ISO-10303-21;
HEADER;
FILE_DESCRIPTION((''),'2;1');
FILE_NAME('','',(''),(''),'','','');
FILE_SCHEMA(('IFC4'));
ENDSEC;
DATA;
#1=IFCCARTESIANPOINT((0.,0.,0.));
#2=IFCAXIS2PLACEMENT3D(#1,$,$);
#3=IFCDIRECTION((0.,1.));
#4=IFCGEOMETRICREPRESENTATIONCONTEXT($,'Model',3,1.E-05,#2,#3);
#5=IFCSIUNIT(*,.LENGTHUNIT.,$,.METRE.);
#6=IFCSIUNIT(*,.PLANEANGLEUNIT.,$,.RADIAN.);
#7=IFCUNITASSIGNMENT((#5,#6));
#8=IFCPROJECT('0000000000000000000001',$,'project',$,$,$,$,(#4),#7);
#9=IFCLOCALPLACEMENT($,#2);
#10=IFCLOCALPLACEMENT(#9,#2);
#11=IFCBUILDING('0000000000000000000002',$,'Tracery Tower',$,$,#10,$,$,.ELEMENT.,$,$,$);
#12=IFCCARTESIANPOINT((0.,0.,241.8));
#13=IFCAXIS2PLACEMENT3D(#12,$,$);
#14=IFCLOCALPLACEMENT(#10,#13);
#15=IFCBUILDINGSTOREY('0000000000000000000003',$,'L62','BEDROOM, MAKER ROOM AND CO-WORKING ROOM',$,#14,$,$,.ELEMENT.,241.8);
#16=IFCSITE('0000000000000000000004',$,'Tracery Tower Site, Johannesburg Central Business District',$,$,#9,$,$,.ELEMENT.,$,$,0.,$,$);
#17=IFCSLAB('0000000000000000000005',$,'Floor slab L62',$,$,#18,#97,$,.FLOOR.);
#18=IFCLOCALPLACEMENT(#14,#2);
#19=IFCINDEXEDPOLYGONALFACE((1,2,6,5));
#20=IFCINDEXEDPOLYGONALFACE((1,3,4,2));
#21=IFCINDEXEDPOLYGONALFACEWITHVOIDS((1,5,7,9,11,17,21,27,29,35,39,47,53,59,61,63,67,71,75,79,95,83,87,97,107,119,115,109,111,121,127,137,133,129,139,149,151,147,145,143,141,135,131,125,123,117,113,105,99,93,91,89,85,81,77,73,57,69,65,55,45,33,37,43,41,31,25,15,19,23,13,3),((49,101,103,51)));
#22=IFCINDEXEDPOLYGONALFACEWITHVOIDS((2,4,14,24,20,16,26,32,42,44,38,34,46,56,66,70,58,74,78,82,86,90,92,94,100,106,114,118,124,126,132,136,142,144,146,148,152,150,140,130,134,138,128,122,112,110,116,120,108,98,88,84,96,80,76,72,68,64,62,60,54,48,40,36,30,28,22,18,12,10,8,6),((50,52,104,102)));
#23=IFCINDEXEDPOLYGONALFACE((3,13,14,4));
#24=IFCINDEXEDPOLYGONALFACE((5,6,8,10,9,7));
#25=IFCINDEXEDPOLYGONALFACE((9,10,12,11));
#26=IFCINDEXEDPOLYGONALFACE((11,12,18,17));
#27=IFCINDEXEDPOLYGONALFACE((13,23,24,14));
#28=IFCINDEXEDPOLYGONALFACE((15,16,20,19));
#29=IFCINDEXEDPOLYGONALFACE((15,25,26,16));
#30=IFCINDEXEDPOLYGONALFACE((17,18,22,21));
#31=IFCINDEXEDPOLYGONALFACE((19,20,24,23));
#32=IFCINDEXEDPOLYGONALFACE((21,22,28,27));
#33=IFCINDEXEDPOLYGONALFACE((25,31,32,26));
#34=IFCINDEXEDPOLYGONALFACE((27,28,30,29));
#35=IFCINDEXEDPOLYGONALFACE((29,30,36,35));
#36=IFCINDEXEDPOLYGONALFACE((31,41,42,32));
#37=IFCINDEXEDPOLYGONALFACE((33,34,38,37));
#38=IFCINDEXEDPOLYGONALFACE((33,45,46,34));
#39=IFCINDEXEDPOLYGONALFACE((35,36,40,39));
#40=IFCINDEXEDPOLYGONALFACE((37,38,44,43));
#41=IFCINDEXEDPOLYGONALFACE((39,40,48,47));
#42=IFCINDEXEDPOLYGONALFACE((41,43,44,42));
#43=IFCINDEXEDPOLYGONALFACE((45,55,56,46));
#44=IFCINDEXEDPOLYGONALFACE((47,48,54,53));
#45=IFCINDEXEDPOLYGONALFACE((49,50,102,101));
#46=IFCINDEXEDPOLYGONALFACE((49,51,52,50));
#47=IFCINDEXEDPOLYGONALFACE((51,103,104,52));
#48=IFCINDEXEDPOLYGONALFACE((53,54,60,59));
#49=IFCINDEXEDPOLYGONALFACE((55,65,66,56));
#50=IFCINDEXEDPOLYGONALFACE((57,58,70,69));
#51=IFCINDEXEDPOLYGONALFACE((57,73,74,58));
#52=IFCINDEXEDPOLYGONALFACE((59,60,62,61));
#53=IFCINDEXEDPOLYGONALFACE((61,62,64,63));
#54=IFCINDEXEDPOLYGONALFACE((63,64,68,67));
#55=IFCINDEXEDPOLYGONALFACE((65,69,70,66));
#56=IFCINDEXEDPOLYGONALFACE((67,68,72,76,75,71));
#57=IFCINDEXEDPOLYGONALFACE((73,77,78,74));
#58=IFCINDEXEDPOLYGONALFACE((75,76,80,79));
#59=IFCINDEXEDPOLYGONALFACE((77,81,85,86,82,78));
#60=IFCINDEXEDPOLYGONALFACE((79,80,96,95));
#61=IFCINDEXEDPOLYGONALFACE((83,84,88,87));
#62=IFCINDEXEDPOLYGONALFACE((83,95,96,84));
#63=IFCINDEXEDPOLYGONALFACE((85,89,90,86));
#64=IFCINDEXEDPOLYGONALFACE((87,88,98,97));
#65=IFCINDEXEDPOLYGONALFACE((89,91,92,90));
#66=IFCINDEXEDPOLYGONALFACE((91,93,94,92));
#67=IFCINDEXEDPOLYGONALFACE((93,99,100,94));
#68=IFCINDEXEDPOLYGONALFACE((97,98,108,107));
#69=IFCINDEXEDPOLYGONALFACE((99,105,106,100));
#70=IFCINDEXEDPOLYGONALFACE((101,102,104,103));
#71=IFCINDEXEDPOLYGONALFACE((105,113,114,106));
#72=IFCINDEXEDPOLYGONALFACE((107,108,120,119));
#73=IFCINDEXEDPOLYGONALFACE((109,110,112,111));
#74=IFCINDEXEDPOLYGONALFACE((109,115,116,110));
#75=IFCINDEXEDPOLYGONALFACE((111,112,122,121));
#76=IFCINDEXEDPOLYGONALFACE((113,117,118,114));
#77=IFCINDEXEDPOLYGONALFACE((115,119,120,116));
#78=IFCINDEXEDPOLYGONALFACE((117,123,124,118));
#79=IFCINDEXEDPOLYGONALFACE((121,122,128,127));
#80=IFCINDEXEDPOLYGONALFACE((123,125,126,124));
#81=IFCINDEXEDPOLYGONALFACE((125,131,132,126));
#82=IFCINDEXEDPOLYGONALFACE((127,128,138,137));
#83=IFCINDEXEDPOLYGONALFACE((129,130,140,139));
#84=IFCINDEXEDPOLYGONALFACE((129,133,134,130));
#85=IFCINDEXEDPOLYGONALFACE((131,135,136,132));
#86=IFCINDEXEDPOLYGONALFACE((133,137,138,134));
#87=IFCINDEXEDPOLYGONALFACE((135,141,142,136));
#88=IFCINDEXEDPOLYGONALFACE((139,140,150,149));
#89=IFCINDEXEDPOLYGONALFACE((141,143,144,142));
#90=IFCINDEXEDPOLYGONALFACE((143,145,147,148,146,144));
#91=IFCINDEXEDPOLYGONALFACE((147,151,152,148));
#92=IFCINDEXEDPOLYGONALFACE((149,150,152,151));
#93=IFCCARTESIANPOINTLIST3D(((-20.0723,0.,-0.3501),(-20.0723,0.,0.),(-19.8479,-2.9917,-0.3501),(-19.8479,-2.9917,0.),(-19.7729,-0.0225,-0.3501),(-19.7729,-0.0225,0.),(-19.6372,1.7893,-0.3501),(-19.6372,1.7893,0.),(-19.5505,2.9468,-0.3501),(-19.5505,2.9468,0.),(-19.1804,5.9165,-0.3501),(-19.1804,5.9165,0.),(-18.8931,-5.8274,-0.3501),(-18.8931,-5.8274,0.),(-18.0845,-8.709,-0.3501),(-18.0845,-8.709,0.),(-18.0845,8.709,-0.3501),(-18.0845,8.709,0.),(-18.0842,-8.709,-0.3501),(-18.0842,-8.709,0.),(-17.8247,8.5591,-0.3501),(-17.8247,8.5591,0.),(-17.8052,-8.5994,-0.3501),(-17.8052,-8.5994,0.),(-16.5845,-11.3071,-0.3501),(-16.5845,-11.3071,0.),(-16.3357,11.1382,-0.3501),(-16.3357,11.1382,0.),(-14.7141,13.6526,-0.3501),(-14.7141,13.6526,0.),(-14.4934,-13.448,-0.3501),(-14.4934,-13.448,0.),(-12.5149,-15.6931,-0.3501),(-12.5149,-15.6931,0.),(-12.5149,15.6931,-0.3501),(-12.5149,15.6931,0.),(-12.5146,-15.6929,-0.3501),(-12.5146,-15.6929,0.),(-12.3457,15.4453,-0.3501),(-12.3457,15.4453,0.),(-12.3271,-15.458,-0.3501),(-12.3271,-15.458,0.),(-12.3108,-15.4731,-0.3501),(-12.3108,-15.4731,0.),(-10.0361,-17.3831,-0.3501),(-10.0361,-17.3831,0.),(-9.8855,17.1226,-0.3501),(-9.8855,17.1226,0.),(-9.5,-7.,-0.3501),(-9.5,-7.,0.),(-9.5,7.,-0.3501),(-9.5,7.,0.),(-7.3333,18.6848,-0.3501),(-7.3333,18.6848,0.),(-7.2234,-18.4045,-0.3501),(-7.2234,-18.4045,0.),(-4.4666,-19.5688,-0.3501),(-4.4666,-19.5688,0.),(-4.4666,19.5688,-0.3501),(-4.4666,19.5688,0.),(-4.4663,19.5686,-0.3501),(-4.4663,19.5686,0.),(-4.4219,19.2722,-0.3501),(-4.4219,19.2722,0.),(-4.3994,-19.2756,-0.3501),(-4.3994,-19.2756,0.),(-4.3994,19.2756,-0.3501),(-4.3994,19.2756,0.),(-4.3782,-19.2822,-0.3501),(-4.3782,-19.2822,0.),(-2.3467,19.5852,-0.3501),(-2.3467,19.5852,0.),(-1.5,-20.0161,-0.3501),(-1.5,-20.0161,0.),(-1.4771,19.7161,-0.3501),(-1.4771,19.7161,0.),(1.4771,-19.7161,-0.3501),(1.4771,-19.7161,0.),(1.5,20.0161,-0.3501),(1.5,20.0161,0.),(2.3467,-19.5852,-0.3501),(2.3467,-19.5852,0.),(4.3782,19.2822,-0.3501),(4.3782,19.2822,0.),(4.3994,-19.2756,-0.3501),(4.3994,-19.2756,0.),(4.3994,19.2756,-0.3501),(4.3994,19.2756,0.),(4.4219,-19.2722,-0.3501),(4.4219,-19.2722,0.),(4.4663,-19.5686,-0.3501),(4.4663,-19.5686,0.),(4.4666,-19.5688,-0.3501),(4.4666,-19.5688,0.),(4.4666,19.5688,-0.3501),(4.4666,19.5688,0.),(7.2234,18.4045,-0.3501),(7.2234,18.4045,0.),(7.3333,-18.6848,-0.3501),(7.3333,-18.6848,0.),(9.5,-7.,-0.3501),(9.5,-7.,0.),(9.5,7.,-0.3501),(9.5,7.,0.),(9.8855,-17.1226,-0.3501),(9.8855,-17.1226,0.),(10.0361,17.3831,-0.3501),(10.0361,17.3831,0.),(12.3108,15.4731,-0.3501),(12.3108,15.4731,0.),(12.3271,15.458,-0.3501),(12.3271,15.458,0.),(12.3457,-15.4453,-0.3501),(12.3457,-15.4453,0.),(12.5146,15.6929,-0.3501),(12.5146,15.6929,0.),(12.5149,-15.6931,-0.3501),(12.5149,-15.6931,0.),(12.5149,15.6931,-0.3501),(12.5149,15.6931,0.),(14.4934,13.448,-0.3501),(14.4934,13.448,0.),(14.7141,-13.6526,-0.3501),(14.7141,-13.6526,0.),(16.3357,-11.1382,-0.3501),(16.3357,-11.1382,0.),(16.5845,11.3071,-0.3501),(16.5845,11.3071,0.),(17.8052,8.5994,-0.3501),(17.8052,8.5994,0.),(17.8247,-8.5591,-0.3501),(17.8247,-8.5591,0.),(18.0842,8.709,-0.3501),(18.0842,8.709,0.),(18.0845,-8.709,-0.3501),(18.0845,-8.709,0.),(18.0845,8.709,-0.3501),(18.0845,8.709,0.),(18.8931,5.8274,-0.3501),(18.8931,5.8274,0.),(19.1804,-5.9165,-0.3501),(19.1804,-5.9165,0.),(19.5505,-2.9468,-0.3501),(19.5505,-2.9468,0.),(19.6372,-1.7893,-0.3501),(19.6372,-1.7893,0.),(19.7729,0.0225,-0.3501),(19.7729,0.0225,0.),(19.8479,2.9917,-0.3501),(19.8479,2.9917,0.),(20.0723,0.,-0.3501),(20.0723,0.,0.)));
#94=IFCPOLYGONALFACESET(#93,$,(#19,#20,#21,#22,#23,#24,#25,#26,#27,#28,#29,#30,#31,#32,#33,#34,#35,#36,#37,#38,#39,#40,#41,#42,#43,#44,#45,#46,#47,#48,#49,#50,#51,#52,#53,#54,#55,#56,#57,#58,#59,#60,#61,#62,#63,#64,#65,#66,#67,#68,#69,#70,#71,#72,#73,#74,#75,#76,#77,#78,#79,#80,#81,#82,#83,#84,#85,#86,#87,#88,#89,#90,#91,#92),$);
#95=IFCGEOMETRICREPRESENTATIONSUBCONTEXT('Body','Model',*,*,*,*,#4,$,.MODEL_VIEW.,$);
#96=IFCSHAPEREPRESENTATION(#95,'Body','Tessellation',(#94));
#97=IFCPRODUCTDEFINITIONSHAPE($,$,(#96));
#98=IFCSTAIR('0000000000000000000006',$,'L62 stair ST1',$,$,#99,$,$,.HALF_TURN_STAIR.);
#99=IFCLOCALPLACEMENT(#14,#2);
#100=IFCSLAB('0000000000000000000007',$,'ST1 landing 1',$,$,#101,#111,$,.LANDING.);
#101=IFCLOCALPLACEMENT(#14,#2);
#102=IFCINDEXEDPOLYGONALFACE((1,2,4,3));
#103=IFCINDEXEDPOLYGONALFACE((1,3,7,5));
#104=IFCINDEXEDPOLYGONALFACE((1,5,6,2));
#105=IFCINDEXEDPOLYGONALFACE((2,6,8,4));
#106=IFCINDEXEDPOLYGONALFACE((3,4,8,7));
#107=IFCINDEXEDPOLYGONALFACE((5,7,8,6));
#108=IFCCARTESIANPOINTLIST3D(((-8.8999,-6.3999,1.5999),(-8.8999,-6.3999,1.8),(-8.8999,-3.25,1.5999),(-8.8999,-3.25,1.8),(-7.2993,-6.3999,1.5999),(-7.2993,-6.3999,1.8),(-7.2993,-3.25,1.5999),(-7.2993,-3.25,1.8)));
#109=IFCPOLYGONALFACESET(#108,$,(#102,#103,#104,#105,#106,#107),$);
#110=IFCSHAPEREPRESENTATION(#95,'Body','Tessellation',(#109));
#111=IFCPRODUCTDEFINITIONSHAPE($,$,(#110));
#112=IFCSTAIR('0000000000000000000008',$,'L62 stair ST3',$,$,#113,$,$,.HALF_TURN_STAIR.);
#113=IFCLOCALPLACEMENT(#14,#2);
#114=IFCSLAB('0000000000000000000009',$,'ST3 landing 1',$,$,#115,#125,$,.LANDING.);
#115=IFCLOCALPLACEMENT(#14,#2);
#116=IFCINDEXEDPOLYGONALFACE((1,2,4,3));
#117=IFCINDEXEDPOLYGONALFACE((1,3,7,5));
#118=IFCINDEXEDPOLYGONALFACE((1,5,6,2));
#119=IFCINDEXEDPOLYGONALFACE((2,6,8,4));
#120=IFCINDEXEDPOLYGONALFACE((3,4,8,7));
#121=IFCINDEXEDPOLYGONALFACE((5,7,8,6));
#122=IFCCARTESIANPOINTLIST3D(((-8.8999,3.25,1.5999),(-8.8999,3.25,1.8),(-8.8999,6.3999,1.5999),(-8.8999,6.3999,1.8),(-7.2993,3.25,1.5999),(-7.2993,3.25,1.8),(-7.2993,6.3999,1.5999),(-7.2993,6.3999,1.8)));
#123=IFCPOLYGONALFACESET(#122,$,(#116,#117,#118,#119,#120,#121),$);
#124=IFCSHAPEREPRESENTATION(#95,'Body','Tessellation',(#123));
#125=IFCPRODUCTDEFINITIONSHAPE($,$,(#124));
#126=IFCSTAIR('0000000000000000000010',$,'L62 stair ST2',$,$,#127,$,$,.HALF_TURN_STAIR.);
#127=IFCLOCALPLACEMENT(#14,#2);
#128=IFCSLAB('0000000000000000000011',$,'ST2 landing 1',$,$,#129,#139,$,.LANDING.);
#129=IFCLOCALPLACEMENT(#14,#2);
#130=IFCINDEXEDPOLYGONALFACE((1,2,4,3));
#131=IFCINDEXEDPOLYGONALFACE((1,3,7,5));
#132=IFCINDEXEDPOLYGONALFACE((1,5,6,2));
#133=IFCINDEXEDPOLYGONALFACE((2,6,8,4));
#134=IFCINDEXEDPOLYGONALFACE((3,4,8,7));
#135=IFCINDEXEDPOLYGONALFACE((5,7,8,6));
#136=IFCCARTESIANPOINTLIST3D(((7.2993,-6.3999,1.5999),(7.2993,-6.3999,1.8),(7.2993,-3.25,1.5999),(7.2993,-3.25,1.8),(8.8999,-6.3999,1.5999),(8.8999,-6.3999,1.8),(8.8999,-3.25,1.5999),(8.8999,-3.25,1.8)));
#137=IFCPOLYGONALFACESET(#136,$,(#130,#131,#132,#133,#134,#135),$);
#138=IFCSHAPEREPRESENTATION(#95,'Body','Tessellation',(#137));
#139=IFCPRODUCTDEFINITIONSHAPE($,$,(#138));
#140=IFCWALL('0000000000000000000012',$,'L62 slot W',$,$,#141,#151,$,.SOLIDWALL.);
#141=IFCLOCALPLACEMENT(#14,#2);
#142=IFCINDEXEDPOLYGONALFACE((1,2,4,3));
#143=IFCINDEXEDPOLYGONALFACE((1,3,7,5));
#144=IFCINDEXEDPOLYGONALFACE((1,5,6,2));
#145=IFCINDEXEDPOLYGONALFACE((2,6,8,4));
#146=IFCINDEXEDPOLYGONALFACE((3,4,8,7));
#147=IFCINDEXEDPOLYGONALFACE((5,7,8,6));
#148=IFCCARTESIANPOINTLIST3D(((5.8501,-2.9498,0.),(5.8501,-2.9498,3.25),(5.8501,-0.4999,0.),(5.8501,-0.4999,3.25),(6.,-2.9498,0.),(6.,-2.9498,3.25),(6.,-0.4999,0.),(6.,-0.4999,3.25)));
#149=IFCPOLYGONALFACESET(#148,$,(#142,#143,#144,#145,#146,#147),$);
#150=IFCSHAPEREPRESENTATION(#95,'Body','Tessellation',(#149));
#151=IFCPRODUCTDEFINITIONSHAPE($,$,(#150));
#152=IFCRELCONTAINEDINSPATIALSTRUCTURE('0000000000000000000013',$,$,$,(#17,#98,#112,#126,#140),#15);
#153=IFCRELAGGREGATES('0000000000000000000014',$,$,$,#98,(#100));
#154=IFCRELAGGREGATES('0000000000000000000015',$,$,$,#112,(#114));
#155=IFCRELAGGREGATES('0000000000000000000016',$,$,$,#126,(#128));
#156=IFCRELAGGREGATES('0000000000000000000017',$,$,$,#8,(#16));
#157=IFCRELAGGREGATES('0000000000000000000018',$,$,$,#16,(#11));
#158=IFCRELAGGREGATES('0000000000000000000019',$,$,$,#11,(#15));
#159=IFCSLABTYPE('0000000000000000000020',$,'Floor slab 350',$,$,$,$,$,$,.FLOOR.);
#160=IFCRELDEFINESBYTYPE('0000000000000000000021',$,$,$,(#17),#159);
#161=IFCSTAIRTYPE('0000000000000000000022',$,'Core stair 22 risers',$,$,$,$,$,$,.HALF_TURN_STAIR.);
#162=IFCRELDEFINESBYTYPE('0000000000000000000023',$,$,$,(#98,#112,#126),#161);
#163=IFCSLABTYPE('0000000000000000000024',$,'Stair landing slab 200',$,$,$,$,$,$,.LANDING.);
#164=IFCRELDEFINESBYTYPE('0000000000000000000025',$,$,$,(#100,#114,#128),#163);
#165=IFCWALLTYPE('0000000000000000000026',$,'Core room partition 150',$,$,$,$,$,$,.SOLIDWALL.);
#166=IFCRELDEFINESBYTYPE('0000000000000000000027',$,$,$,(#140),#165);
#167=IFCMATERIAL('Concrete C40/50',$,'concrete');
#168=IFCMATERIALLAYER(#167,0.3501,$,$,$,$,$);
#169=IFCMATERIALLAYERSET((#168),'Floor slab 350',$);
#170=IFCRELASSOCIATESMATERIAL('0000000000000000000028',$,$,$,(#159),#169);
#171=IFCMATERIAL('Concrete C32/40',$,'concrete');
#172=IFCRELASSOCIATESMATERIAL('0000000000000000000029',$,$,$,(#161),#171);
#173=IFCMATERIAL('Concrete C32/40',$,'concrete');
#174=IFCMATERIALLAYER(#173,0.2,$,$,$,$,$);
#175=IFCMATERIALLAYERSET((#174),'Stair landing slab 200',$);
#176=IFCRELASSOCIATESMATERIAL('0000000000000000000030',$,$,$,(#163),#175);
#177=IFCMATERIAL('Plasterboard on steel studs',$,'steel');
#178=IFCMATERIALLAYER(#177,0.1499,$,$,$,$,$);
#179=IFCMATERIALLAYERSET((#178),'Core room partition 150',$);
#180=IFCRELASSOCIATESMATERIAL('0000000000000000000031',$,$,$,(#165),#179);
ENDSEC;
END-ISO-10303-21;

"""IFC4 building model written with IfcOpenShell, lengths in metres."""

from ifc_helpers import new_model, si_unit, direction, frame, frame_2d, origin, place, context, subcontext, project, spatial, polyline, rectangle, outline, extrude, material, layer, layer_set, type_object, element, aggregate, save


model = new_model("IFC4")

# Units and contexts
model_context = context("Model", 3, precision=1e-05, world=origin(), true_north=direction((0.0, 1.0)))
body_context = subcontext(model_context, "Body", "Model", "MODEL_VIEW")
ifc_project = project(units=[si_unit("LENGTHUNIT", "METRE"), si_unit("PLANEANGLEUNIT", "RADIAN")], contexts=[model_context])

# Site, building, storey
site_placement = place(None, origin())
site = spatial("IfcSite", under=ifc_project, at=site_placement, Name="Tracery Tower Site, Johannesburg Central Business District", CompositionType="ELEMENT", RefElevation=0.0)
building_placement = place(site_placement, origin())
building = spatial("IfcBuilding", under=site, at=building_placement, Name="Tracery Tower", CompositionType="ELEMENT")
storey_placement = place(building_placement, frame((0.0, 0.0, 241.8)))
storey = spatial("IfcBuildingStorey", under=building, at=storey_placement, Name="L62", Description="BEDROOM, MAKER ROOM AND CO-WORKING ROOM", CompositionType="ELEMENT", Elevation=241.8)

# Slab
ifc_material_1 = material(Name="Concrete C40/50", Category="concrete")
ifc_layer_1 = layer(ifc_material_1, 0.3501)
ifc_layer_set_1 = layer_set([ifc_layer_1], Name="Floor slab 350")
slab_type_1 = type_object("IfcSlabType", Name="Floor slab 350", PredefinedType="FLOOR", material=ifc_layer_set_1)
slab_1_placement = place(storey_placement, frame((0.0, 0.0, -0.3501)))
element("IfcSlab", 1, at=slab_1_placement, inside=storey, type_object=slab_type_1, Name="Floor slab L62", PredefinedType="FLOOR", context=body_context, shape_type="SweptSolid", body=[
    extrude(outline(polyline([(18.8931, 5.8274), (17.8052, 8.5994), (18.0842, 8.709), (18.0845, 8.709), (16.5845, 11.3071), (14.4934, 13.448), (12.3271, 15.458), (12.3271, 15.458), (12.3108, 15.4731), (12.5146, 15.6929), (12.5149, 15.6931), (10.0361, 17.3831), (7.2234, 18.4045), (4.3994, 19.2756), (4.3994, 19.2756), (4.3782, 19.2822), (4.4666, 19.5688), (1.5, 20.0161), (-1.4771, 19.7161), (-2.3467, 19.5852), (-4.3994, 19.2756), (-4.3994, 19.2756), (-4.4219, 19.2722), (-4.4663, 19.5686), (-4.4666, 19.5688), (-7.3333, 18.6848), (-9.8855, 17.1226), (-12.3457, 15.4453), (-12.5149, 15.6931), (-14.7141, 13.6526), (-16.3357, 11.1382), (-17.8247, 8.5591), (-18.0845, 8.709), (-19.1804, 5.9165), (-19.5505, 2.9468), (-19.6372, 1.7893), (-19.7729, -0.0225), (-20.0723, 0.0), (-20.0723, 0.0), (-19.8479, -2.9917), (-18.8931, -5.8274), (-17.8052, -8.5994), (-18.0842, -8.709), (-18.0845, -8.709), (-16.5845, -11.3071), (-14.4934, -13.448), (-12.3271, -15.458), (-12.3271, -15.458), (-12.3108, -15.4731), (-12.5146, -15.6929), (-12.5149, -15.6931), (-10.0361, -17.3831), (-7.2234, -18.4045), (-4.3994, -19.2756), (-4.3994, -19.2756), (-4.3782, -19.2822), (-4.4666, -19.5688), (-1.5, -20.0161), (1.4771, -19.7161), (2.3467, -19.5852), (4.3994, -19.2756), (4.3994, -19.2756), (4.4219, -19.2722), (4.4663, -19.5686), (4.4666, -19.5688), (7.3333, -18.6848), (9.8855, -17.1226), (12.3457, -15.4453), (12.5149, -15.6931), (14.7141, -13.6526), (16.3357, -11.1382), (17.8247, -8.5591), (18.0845, -8.709), (19.1804, -5.9165), (19.5505, -2.9468), (19.6372, -1.7893), (19.7729, 0.0225), (20.0723, 0.0), (19.8479, 2.9917), (18.8931, 5.8274)]), holes=[polyline([(-9.5, -7.0), (9.5, -7.0), (9.5, 7.0), (-9.5, 7.0), (-9.5, -7.0)])]), origin(), (0.0, 0.0, 1.0), 0.3501),
])

# Stairs, slabs
ifc_material_2 = material(Name="Concrete C32/40", Category="concrete")
stair_type = type_object("IfcStairType", Name="Core stair 22 risers", PredefinedType="HALF_TURN_STAIR", material=ifc_material_2)
stair_1_placement = place(storey_placement, origin())
stair_1 = element("IfcStair", 2, at=stair_1_placement, inside=storey, type_object=stair_type, Name="L62 stair ST1", PredefinedType="HALF_TURN_STAIR")
ifc_material_3 = material(Name="Concrete C32/40", Category="concrete")
ifc_layer_2 = layer(ifc_material_3, 0.2)
ifc_layer_set_2 = layer_set([ifc_layer_2], Name="Stair landing slab 200")
slab_type_2 = type_object("IfcSlabType", Name="Stair landing slab 200", PredefinedType="LANDING", material=ifc_layer_set_2)
slab_2_placement = place(storey_placement, frame((0.0, 0.0, 1.5999)))
slab_2 = element("IfcSlab", 3, at=slab_2_placement, type_object=slab_type_2, Name="ST1 landing 1", PredefinedType="LANDING", context=body_context, shape_type="SweptSolid", body=[
    extrude(outline(polyline([(-7.2993, -3.25), (-8.8999, -3.25), (-8.8999, -6.3999), (-7.2993, -6.3999), (-7.2993, -3.25)])), origin(), (0.0, 0.0, 1.0), 0.2002),
])
aggregate(stair_1, [slab_2])
stair_2_placement = place(storey_placement, origin())
stair_2 = element("IfcStair", 4, at=stair_2_placement, inside=storey, type_object=stair_type, Name="L62 stair ST3", PredefinedType="HALF_TURN_STAIR")
slab_3_placement = place(storey_placement, frame((0.0, 0.0, 1.5999)))
slab_3 = element("IfcSlab", 5, at=slab_3_placement, type_object=slab_type_2, Name="ST3 landing 1", PredefinedType="LANDING", context=body_context, shape_type="SweptSolid", body=[
    extrude(outline(polyline([(-7.2993, 6.3999), (-8.8999, 6.3999), (-8.8999, 3.25), (-7.2993, 3.25), (-7.2993, 6.3999)])), origin(), (0.0, 0.0, 1.0), 0.2002),
])
aggregate(stair_2, [slab_3])
stair_3_placement = place(storey_placement, origin())
stair_3 = element("IfcStair", 6, at=stair_3_placement, inside=storey, type_object=stair_type, Name="L62 stair ST2", PredefinedType="HALF_TURN_STAIR")
slab_4_placement = place(storey_placement, frame((0.0, 0.0, 1.5999)))
slab_4 = element("IfcSlab", 7, at=slab_4_placement, type_object=slab_type_2, Name="ST2 landing 1", PredefinedType="LANDING", context=body_context, shape_type="SweptSolid", body=[
    extrude(outline(polyline([(7.2993, -6.3999), (8.8999, -6.3999), (8.8999, -3.25), (7.2993, -3.25), (7.2993, -6.3999)])), origin(), (0.0, 0.0, 1.0), 0.2002),
])

# Wall
ifc_material_4 = material(Name="Plasterboard on steel studs", Category="steel")
ifc_layer_3 = layer(ifc_material_4, 0.1499)
ifc_layer_set_3 = layer_set([ifc_layer_3], Name="Core room partition 150")
wall_type_1 = type_object("IfcWallType", Name="Core room partition 150", PredefinedType="SOLIDWALL", material=ifc_layer_set_3)
wall_1_placement = place(storey_placement, frame((5.925, -2.95, 0.0), z_axis=(0.0, 0.0, 1.0), x_axis=(0.0, 1.0, 0.0)))
element("IfcWall", 8, at=wall_1_placement, inside=storey, type_object=wall_type_1, Name="L62 slot W", PredefinedType="SOLIDWALL", context=body_context, shape_type="SweptSolid", body=[
    extrude(rectangle(XDim=2.45, YDim=0.1499, at=frame_2d((1.2251, 0.0))), origin(), (0.0, 0.0, 1.0), 3.25),
])

aggregate(stair_3, [slab_4])

save(model, "model.ifc")
